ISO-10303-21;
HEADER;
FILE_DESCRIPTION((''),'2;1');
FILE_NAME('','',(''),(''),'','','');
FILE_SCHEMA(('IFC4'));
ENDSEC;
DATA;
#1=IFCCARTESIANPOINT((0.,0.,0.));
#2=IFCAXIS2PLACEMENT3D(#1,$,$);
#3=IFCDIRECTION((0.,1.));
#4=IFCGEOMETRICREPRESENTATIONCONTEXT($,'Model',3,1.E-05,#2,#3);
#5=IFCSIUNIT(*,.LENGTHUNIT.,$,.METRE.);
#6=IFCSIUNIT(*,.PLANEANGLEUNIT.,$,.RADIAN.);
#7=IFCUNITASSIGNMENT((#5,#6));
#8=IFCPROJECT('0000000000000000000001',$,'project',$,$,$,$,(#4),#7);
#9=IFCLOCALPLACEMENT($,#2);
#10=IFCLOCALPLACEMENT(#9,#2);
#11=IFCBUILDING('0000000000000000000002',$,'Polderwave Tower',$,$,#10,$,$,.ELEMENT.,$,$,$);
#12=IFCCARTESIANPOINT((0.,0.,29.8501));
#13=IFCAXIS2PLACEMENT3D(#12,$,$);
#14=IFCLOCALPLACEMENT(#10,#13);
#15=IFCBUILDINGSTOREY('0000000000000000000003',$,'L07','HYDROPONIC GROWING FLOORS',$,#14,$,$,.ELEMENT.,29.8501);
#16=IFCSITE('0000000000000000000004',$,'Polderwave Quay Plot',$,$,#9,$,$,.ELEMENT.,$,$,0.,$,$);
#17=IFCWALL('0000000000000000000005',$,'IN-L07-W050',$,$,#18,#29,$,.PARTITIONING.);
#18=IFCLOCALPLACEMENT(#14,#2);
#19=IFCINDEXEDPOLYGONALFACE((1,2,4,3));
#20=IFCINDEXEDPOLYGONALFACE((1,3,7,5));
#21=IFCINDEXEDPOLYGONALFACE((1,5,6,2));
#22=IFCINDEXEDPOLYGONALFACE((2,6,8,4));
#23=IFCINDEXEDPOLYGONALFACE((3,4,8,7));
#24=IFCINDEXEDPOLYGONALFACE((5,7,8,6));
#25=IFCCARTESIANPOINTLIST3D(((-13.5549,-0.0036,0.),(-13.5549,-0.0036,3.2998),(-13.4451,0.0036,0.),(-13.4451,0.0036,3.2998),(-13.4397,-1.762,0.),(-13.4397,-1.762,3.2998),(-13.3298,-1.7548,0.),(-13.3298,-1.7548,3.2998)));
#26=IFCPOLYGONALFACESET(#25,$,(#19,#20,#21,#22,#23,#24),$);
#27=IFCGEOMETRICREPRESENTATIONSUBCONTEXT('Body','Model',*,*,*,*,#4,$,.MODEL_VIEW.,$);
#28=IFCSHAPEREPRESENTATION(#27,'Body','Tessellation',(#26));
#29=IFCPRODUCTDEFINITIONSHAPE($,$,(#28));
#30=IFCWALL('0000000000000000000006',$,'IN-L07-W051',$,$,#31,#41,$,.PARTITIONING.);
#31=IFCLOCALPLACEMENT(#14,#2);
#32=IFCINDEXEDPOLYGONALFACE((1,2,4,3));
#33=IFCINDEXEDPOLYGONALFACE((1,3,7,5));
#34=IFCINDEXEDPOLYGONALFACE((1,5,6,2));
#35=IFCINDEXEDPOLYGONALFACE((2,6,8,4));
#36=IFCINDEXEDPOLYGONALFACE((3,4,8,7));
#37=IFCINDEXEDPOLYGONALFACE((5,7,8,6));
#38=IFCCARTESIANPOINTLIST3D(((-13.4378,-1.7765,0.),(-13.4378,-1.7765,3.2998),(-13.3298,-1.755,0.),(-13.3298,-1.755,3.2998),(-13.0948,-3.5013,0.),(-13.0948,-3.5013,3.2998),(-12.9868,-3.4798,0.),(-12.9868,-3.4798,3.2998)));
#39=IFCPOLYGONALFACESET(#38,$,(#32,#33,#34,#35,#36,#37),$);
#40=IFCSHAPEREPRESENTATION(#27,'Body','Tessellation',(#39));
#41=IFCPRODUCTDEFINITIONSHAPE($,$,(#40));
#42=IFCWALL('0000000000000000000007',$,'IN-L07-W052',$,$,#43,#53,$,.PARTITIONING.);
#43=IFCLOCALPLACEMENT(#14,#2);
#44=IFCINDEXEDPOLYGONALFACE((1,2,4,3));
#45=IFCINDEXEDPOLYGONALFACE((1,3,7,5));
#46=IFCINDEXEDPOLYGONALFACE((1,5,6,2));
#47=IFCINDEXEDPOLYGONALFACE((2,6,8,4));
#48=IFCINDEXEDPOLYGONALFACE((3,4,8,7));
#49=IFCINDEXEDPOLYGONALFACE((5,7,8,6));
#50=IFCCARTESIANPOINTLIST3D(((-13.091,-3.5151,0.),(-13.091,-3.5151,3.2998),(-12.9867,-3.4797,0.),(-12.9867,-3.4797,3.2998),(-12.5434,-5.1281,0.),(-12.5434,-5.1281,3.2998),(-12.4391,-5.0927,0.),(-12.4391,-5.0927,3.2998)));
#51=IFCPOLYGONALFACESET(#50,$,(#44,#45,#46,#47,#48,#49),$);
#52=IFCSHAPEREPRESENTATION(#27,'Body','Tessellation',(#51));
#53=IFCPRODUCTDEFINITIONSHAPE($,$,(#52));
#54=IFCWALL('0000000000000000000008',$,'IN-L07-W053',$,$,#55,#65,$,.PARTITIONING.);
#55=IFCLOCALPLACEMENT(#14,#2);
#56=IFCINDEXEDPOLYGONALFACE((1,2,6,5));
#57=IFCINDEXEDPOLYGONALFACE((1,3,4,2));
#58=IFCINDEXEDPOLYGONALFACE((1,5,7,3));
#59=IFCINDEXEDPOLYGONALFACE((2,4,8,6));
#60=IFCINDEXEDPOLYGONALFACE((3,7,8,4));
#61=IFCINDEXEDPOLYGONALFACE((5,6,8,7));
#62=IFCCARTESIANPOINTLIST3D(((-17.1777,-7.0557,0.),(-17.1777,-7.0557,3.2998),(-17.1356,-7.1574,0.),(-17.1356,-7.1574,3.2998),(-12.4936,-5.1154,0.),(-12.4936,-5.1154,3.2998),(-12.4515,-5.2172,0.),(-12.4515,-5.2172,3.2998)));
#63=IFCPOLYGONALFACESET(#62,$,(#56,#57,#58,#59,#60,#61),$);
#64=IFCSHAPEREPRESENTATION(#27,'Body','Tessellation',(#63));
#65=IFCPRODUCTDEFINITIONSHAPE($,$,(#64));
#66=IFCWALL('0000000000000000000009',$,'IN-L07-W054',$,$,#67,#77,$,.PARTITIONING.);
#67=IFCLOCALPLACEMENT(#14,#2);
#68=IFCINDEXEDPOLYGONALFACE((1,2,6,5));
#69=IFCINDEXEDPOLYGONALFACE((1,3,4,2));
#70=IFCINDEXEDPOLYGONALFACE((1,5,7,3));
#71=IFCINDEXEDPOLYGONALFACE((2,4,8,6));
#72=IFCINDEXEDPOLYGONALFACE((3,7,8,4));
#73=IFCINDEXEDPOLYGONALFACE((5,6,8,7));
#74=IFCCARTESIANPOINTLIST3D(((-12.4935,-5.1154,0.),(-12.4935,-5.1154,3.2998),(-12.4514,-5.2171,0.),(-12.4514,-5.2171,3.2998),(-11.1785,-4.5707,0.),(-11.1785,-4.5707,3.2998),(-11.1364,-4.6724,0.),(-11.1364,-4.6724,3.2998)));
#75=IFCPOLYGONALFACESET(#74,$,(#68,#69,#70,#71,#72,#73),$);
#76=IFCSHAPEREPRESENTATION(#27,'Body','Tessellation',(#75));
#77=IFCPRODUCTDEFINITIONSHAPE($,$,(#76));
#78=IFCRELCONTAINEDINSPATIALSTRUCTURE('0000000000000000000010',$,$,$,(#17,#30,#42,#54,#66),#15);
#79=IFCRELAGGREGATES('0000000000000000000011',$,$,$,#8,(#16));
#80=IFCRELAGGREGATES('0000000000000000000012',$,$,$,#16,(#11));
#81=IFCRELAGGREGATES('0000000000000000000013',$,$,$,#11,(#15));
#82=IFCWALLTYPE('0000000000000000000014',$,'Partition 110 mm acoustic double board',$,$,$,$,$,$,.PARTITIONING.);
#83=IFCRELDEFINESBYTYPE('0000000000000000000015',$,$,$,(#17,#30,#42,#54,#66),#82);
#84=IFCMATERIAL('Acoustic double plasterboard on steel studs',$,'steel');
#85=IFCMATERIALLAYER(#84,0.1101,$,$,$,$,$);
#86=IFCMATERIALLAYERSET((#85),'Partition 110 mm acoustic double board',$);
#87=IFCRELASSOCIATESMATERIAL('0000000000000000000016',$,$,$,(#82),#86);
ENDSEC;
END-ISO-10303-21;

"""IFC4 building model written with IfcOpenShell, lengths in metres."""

from ifc_helpers import new_model, si_unit, direction, frame, frame_2d, origin, place, context, subcontext, project, spatial, rectangle, extrude, material, layer, layer_set, type_object, element, save


model = new_model("IFC4")

# Units and contexts
model_context = context("Model", 3, precision=1e-05, world=origin(), true_north=direction((0.0, 1.0)))
body_context = subcontext(model_context, "Body", "Model", "MODEL_VIEW")
ifc_project = project(units=[si_unit("LENGTHUNIT", "METRE"), si_unit("PLANEANGLEUNIT", "RADIAN")], contexts=[model_context])

# Site, building, storey
site_placement = place(None, origin())
site = spatial("IfcSite", under=ifc_project, at=site_placement, Name="Polderwave Quay Plot", CompositionType="ELEMENT", RefElevation=0.0)
building_placement = place(site_placement, origin())
building = spatial("IfcBuilding", under=site, at=building_placement, Name="Polderwave Tower", CompositionType="ELEMENT")
storey_placement = place(building_placement, frame((0.0, 0.0, 29.8501)))
storey = spatial("IfcBuildingStorey", under=building, at=storey_placement, Name="L07", Description="HYDROPONIC GROWING FLOORS", CompositionType="ELEMENT", Elevation=29.8501)

# Walls
ifc_material_1 = material(Name="Acoustic double plasterboard on steel studs", Category="steel")
ifc_layer_1 = layer(ifc_material_1, 0.1101)
ifc_layer_set_1 = layer_set([ifc_layer_1], Name="Partition 110 mm acoustic double board")
wall_type_1 = type_object("IfcWallType", Name="Partition 110 mm acoustic double board", PredefinedType="PARTITIONING", material=ifc_layer_set_1)
wall_1_placement = place(storey_placement, frame((-13.5, 0.0, 0.0), z_axis=(0.0, 0.0, 1.0), x_axis=(0.065388, -0.99786, 0.0)))
element("IfcWall", 1, at=wall_1_placement, inside=storey, type_object=wall_type_1, Name="IN-L07-W050", PredefinedType="PARTITIONING", context=body_context, shape_type="SweptSolid", body=[
    extrude(rectangle(XDim=1.7622, YDim=0.1101, at=frame_2d((0.8811, 0.0))), origin(), (0.0, 0.0, 1.0), 3.2998),
])
wall_2_placement = place(storey_placement, frame((-13.3838, -1.7656, 0.0), z_axis=(0.0, 0.0, 1.0), x_axis=(0.195048, -0.980794, 0.0)))
element("IfcWall", 2, at=wall_2_placement, inside=storey, type_object=wall_type_1, Name="IN-L07-W051", PredefinedType="PARTITIONING", context=body_context, shape_type="SweptSolid", body=[
    extrude(rectangle(XDim=1.7585, YDim=0.1101, at=frame_2d((0.8794, 0.0))), origin(), (0.0, 0.0, 1.0), 3.2998),
])
wall_3_placement = place(storey_placement, frame((-13.0388, -3.4976, 0.0), z_axis=(0.0, 0.0, 1.0), x_axis=(0.321468, -0.94692, 0.0)))
element("IfcWall", 3, at=wall_3_placement, inside=storey, type_object=wall_type_1, Name="IN-L07-W052", PredefinedType="PARTITIONING", context=body_context, shape_type="SweptSolid", body=[
    extrude(rectangle(XDim=1.7034, YDim=0.1101, at=frame_2d((0.8516, 0.0))), origin(), (0.0, 0.0, 1.0), 3.2998),
])
wall_4_placement = place(storey_placement, frame((-12.4724, -5.1663, 0.0), z_axis=(0.0, 0.0, 1.0), x_axis=(-0.923881, -0.382679, 0.0)))
element("IfcWall", 4, at=wall_4_placement, inside=storey, type_object=wall_type_1, Name="IN-L07-W053", PredefinedType="PARTITIONING", context=body_context, shape_type="SweptSolid", body=[
    extrude(rectangle(XDim=5.0701, YDim=0.1101, at=frame_2d((2.5352, 0.0))), origin(), (0.0, 0.0, 1.0), 3.2998),
])
wall_5_placement = place(storey_placement, frame((-11.1575, -4.6216, 0.0), z_axis=(0.0, 0.0, 1.0), x_axis=(-0.923877, -0.38269, 0.0)))
element("IfcWall", 5, at=wall_5_placement, inside=storey, type_object=wall_type_1, Name="IN-L07-W054", PredefinedType="PARTITIONING", context=body_context, shape_type="SweptSolid", body=[
    extrude(rectangle(XDim=1.4233, YDim=0.1101, at=frame_2d((0.7117, 0.0))), origin(), (0.0, 0.0, 1.0), 3.2998),
])

save(model, "model.ifc")
